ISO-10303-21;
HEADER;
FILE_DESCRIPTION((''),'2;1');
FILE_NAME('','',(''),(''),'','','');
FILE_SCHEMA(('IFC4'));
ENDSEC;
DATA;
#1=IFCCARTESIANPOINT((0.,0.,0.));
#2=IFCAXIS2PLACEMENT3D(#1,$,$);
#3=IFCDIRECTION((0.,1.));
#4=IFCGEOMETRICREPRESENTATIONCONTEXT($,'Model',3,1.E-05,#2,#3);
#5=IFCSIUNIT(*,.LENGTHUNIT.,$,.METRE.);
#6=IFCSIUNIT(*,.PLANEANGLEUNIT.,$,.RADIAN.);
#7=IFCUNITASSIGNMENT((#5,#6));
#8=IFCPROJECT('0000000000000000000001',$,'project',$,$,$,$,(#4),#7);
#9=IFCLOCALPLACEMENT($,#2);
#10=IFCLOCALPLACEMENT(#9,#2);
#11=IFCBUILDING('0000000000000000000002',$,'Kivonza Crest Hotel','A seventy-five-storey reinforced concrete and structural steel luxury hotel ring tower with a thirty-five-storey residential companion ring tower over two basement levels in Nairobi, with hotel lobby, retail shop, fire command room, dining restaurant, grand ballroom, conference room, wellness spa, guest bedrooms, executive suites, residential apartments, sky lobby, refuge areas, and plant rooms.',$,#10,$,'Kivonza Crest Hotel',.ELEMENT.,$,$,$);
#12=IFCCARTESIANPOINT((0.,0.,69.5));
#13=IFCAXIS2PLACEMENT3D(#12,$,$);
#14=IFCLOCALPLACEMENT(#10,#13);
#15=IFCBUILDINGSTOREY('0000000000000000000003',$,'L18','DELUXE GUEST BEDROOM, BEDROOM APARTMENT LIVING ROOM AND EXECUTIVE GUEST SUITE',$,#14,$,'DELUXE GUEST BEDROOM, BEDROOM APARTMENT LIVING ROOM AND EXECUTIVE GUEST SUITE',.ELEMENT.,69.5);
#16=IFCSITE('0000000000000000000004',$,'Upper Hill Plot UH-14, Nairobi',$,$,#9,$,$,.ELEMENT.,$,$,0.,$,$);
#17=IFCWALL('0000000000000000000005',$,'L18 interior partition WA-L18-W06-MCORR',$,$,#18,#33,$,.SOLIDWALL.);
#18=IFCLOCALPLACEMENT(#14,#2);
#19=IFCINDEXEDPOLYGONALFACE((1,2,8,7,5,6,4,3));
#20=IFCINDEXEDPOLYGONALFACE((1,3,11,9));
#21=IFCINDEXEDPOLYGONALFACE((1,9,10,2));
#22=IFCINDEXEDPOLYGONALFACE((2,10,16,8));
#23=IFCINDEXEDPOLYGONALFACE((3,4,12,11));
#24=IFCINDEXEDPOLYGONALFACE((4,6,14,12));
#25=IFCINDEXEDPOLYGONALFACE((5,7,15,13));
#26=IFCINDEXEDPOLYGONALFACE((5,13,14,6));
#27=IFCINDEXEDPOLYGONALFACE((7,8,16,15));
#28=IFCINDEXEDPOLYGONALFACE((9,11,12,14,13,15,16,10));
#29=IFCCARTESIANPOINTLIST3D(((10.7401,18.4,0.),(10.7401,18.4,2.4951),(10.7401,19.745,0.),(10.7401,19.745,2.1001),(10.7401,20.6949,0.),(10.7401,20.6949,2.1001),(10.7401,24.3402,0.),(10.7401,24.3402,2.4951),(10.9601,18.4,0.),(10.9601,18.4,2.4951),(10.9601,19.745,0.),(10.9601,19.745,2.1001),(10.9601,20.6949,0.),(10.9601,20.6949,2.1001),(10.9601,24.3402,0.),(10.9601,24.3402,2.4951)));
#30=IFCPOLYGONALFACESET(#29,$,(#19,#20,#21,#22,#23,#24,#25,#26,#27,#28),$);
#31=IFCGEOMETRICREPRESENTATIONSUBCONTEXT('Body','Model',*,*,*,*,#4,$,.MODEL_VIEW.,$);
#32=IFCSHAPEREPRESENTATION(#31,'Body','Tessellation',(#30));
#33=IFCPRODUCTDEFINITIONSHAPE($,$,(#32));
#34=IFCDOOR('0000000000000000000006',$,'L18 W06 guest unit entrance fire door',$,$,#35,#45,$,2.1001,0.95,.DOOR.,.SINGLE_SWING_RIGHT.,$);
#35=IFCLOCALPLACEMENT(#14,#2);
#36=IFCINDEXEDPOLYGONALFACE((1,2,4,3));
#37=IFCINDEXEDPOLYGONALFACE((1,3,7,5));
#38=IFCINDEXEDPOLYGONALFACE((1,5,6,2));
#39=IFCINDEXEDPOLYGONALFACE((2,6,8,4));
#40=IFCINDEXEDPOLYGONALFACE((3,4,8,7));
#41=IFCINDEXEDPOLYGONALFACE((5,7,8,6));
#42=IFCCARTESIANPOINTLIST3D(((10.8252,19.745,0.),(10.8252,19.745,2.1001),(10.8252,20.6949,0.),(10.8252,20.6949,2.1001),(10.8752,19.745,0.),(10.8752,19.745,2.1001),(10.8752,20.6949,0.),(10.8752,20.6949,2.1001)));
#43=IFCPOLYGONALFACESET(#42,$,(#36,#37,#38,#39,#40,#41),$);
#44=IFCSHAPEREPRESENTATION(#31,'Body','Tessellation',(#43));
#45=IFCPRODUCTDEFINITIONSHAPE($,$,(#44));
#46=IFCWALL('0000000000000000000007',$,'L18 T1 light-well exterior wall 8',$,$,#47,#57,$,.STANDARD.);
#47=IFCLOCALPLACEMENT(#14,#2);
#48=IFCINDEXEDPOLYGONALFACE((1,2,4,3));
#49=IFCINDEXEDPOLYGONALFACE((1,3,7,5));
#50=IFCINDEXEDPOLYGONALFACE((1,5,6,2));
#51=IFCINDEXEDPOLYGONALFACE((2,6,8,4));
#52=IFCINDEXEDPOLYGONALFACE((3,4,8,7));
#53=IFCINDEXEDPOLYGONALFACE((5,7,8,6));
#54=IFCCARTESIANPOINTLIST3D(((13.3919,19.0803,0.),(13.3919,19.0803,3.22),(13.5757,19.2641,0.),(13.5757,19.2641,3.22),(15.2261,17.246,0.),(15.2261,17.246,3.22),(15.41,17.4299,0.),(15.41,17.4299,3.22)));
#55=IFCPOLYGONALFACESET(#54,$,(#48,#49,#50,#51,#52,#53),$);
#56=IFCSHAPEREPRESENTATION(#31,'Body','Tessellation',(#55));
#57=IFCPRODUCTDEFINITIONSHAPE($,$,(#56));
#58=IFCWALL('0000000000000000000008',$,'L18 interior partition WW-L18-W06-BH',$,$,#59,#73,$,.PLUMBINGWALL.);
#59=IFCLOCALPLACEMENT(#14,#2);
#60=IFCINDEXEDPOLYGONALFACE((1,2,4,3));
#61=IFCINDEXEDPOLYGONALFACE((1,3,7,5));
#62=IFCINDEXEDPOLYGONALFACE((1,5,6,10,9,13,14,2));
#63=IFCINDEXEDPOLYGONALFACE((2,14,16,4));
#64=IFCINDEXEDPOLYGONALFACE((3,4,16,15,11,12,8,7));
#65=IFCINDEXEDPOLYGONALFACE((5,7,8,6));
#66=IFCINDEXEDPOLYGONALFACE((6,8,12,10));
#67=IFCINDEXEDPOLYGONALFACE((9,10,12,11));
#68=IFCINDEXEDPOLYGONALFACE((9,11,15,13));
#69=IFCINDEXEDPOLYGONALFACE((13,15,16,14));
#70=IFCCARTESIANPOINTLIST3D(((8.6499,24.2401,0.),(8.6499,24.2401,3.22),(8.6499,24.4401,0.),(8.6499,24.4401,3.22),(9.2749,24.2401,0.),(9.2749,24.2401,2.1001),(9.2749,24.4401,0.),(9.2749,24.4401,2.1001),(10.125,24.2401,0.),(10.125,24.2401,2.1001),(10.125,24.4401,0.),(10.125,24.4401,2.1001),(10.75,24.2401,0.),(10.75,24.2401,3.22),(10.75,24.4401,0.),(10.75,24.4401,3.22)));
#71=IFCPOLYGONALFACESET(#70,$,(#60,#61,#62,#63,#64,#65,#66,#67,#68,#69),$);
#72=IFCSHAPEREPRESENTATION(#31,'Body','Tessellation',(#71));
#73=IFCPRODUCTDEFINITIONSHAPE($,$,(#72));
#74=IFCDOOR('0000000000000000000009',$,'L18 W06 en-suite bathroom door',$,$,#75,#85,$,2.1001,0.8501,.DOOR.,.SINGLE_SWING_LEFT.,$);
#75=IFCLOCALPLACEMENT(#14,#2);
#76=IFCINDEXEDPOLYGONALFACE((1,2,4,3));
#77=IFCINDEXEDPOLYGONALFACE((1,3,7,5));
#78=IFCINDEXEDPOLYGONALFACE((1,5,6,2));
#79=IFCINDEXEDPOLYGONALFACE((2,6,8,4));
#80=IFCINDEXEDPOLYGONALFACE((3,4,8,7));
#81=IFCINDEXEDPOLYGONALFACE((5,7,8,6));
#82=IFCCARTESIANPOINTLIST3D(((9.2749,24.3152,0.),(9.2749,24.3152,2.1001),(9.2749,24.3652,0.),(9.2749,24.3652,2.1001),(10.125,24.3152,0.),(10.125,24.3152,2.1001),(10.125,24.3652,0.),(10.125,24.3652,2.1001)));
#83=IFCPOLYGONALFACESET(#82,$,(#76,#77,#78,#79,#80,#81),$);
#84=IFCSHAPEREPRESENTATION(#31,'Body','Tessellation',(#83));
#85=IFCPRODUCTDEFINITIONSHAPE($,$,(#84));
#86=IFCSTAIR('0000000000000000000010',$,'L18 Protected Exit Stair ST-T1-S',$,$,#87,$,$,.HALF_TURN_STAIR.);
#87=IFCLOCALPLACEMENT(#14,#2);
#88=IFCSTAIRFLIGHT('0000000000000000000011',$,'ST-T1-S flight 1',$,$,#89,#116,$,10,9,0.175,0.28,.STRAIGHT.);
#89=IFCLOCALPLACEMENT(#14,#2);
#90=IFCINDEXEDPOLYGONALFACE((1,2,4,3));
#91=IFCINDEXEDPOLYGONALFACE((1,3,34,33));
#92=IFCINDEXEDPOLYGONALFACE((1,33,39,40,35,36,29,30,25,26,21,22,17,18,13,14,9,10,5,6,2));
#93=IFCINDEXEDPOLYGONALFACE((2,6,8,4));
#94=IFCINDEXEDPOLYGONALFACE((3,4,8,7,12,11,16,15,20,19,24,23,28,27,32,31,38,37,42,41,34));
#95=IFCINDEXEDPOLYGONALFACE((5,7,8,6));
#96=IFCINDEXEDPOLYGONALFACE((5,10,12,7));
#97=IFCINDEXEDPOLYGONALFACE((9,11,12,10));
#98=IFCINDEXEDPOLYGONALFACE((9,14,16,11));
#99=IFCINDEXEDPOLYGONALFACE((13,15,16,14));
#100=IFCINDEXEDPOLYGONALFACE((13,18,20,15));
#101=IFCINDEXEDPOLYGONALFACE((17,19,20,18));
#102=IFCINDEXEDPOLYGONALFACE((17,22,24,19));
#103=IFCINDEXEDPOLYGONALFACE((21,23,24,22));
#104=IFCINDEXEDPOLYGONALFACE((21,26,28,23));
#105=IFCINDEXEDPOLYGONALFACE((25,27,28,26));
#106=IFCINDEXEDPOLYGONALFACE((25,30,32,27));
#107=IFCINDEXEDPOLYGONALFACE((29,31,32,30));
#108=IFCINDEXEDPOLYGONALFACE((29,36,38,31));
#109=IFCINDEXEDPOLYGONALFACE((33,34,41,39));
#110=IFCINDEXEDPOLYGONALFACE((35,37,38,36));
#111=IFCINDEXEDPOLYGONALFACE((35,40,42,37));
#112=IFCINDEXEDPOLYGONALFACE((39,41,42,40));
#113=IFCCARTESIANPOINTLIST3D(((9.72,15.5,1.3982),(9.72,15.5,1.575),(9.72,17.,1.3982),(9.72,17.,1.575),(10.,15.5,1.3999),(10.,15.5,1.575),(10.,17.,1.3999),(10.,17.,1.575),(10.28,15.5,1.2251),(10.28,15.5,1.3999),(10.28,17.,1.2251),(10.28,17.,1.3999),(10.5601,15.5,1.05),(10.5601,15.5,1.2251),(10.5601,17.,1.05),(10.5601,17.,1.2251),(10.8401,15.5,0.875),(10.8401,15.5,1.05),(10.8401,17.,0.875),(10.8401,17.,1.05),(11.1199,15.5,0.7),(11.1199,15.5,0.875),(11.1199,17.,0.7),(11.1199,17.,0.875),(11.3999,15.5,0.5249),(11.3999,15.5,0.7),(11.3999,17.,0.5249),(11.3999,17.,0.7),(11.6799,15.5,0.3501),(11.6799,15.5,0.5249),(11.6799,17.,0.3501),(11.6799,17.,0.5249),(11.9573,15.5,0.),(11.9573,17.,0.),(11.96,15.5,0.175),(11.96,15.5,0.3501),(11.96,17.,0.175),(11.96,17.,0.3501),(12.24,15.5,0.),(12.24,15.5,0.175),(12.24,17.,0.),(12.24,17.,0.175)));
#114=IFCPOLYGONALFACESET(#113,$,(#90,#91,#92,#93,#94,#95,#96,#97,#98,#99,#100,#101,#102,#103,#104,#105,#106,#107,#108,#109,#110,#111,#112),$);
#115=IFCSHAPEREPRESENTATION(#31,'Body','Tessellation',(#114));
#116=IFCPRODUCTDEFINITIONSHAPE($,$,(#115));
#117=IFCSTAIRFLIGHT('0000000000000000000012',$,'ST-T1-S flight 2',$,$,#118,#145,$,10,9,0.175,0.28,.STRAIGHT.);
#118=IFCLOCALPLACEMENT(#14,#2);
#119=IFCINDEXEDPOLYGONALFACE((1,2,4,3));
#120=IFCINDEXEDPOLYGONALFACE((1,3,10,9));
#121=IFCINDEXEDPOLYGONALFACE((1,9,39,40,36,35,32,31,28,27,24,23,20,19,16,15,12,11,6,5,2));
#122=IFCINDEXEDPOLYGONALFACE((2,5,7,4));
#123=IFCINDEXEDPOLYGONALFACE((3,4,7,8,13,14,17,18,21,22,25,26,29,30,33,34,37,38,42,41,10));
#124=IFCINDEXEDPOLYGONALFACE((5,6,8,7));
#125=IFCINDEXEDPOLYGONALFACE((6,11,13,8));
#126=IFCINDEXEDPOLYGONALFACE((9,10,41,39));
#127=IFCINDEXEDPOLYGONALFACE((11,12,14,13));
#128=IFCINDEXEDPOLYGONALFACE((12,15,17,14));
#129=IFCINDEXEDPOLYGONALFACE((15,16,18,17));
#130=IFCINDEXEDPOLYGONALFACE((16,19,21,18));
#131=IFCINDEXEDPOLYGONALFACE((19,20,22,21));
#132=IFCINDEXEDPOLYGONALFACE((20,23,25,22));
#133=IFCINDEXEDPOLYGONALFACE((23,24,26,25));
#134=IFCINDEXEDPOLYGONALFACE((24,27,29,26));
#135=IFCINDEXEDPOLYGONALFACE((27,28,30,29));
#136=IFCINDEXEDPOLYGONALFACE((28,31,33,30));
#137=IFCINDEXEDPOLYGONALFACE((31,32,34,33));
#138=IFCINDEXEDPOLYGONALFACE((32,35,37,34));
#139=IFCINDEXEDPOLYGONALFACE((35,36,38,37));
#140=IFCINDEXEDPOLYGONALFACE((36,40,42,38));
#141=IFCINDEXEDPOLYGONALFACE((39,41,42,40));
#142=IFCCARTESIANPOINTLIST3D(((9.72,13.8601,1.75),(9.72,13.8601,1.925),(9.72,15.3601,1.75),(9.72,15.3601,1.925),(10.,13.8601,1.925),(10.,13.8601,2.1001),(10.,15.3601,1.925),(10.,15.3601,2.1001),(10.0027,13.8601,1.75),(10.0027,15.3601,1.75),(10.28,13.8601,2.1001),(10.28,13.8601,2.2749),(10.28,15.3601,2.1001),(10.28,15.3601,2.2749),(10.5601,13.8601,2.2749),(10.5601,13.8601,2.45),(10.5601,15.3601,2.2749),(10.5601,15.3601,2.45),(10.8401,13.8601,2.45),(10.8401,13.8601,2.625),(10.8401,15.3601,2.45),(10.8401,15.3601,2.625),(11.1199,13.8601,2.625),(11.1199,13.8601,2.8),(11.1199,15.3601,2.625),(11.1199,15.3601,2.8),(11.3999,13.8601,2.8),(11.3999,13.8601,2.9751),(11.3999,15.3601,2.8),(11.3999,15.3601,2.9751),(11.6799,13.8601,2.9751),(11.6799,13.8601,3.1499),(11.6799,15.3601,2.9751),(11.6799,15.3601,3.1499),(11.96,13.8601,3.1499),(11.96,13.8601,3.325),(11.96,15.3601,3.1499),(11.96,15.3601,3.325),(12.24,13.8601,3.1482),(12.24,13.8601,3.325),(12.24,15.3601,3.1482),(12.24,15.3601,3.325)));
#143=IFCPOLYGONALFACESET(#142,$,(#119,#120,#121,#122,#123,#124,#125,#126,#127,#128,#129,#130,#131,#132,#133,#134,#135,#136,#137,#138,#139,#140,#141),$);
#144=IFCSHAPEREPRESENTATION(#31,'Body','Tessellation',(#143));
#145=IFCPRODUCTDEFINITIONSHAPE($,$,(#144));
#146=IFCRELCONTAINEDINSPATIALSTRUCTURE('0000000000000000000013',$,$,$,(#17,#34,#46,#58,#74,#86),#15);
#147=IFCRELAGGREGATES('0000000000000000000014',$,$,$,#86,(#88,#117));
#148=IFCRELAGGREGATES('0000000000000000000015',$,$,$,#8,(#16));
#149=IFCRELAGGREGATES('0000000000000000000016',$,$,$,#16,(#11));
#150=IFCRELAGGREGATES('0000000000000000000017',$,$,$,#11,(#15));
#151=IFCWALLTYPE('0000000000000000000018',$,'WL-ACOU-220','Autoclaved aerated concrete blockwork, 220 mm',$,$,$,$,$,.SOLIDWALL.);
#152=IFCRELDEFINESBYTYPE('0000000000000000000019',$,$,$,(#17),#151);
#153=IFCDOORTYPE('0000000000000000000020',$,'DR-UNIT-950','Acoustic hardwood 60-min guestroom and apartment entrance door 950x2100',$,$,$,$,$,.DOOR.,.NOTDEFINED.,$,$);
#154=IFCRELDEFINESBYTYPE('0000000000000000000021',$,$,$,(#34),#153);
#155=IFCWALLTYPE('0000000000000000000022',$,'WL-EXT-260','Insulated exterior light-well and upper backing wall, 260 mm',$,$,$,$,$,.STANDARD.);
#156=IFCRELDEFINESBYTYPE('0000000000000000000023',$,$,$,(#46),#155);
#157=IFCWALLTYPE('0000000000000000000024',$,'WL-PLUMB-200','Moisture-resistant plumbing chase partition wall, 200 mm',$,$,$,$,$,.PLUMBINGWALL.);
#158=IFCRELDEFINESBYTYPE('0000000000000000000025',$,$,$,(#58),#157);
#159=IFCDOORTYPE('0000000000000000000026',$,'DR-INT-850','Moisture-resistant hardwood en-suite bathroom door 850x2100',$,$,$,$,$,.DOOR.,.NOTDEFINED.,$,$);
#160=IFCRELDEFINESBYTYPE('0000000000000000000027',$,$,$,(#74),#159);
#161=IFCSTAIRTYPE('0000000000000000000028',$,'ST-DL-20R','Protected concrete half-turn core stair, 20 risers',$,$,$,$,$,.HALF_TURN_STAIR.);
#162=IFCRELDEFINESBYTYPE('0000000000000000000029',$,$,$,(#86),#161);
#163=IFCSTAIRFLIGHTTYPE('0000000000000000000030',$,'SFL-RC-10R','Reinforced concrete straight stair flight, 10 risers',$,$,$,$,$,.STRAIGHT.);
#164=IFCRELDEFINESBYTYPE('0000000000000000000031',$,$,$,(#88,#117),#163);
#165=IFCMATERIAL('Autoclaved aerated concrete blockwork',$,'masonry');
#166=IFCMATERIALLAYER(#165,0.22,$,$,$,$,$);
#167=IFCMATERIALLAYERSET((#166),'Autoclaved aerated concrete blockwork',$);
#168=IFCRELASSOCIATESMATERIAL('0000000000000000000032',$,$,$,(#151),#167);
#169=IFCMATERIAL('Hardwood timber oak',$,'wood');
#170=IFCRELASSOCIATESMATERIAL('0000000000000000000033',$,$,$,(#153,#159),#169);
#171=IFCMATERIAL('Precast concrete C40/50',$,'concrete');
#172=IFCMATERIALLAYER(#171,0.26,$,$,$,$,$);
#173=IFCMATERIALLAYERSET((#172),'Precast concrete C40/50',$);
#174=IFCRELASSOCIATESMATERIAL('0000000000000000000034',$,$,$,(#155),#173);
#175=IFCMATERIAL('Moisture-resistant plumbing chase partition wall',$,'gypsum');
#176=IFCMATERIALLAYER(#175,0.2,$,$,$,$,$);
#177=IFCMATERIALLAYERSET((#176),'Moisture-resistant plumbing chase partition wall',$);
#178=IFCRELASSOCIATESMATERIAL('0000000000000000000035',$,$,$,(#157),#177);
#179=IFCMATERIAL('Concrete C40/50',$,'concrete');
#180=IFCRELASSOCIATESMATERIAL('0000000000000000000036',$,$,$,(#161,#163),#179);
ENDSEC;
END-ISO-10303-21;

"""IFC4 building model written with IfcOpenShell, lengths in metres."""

from ifc_helpers import new_model, si_unit, direction, frame, frame_2d, origin, place, context, subcontext, project, spatial, polyline, rectangle, outline, extrude, material, layer, layer_set, type_object, element, fill, aggregate, save


model = new_model("IFC4")

# Units and contexts
model_context = context("Model", 3, precision=1e-05, world=origin(), true_north=direction((0.0, 1.0)))
body_context = subcontext(model_context, "Body", "Model", "MODEL_VIEW")
ifc_project = project(units=[si_unit("LENGTHUNIT", "METRE"), si_unit("PLANEANGLEUNIT", "RADIAN")], contexts=[model_context])

# Site, building, storey
site_placement = place(None, origin())
site = spatial("IfcSite", under=ifc_project, at=site_placement, Name="Upper Hill Plot UH-14, Nairobi", CompositionType="ELEMENT", RefElevation=0.0)
building_placement = place(site_placement, origin())
building = spatial("IfcBuilding", under=site, at=building_placement, Name="Kivonza Crest Hotel", Description="A seventy-five-storey reinforced concrete and structural steel luxury hotel ring tower with a thirty-five-storey residential companion ring tower over two basement levels in Nairobi, with hotel lobby, retail shop, fire command room, dining restaurant, grand ballroom, conference room, wellness spa, guest bedrooms, executive suites, residential apartments, sky lobby, refuge areas, and plant rooms.", LongName="Kivonza Crest Hotel", CompositionType="ELEMENT")
storey_placement = place(building_placement, frame((0.0, 0.0, 69.5)))
storey = spatial("IfcBuildingStorey", under=building, at=storey_placement, Name="L18", Description="DELUXE GUEST BEDROOM, BEDROOM APARTMENT LIVING ROOM AND EXECUTIVE GUEST SUITE", LongName="DELUXE GUEST BEDROOM, BEDROOM APARTMENT LIVING ROOM AND EXECUTIVE GUEST SUITE", CompositionType="ELEMENT", Elevation=69.5)

# Wall, opening, door
ifc_material_1 = material(Name="Autoclaved aerated concrete blockwork", Category="masonry")
ifc_layer_1 = layer(ifc_material_1, 0.22)
ifc_layer_set_1 = layer_set([ifc_layer_1], Name="Autoclaved aerated concrete blockwork")
wall_type_1 = type_object("IfcWallType", Name="WL-ACOU-220", Description="Autoclaved aerated concrete blockwork, 220 mm", PredefinedType="SOLIDWALL", material=ifc_layer_set_1)
wall_1_placement = place(storey_placement, frame((10.8501, 18.3999, 0.0), z_axis=(0.0, 0.0, 1.0), x_axis=(0.0, 1.0, 0.0)))
wall_1 = element("IfcWall", 1, at=wall_1_placement, inside=storey, type_object=wall_type_1, Name="L18 interior partition WA-L18-W06-MCORR", PredefinedType="SOLIDWALL", context=body_context, shape_type="SweptSolid", body=[
    extrude(rectangle(XDim=5.9402, YDim=0.22, at=frame_2d((2.9702, 0.0))), origin(), (0.0, 0.0, 1.0), 2.4951),
])
opening_1_placement = place(wall_1_placement, frame((1.345, 0.0, 0.0)))
opening_1 = element("IfcOpeningElement", 2, at=opening_1_placement, cuts=wall_1, PredefinedType="OPENING", context=body_context, shape_type="SweptSolid", body=[
    extrude(rectangle(XDim=0.95, YDim=2.1001, at=frame_2d((0.4751, 1.05))), frame((0.0, 0.1201, 0.0), z_axis=(0.0, -1.0, 0.0), x_axis=(1.0, 0.0, 0.0)), (0.0, 0.0, 1.0), 0.24),
])
ifc_material_2 = material(Name="Hardwood timber oak", Category="wood")
door_type_1 = type_object("IfcDoorType", Name="DR-UNIT-950", Description="Acoustic hardwood 60-min guestroom and apartment entrance door 950x2100", OperationType="NOTDEFINED", PredefinedType="DOOR", material=ifc_material_2)
door_1_placement = place(opening_1_placement, origin())
door_1 = element("IfcDoor", 3, at=door_1_placement, inside=storey, type_object=door_type_1, Name="L18 W06 guest unit entrance fire door", OperationType="SINGLE_SWING_RIGHT", OverallHeight=2.1001, OverallWidth=0.95, PredefinedType="DOOR", context=body_context, shape_type="SweptSolid", body=[
    extrude(rectangle(XDim=0.95, YDim=2.1001, at=frame_2d((0.4751, 1.05))), frame((0.0, 0.0249, 0.0), z_axis=(0.0, -1.0, 0.0), x_axis=(1.0, 0.0, 0.0)), (0.0, 0.0, 1.0), 0.05),
])
fill(opening_1, door_1)

# Wall
ifc_material_3 = material(Name="Precast concrete C40/50", Category="concrete")
ifc_layer_2 = layer(ifc_material_3, 0.26)
ifc_layer_set_2 = layer_set([ifc_layer_2], Name="Precast concrete C40/50")
wall_type_2 = type_object("IfcWallType", Name="WL-EXT-260", Description="Insulated exterior light-well and upper backing wall, 260 mm", PredefinedType="STANDARD", material=ifc_layer_set_2)
wall_2_placement = place(storey_placement, frame((13.4839, 19.1721, 0.0), z_axis=(0.0, 0.0, 1.0), x_axis=(0.707107, -0.707107, 0.0)))
element("IfcWall", 4, at=wall_2_placement, inside=storey, type_object=wall_type_2, Name="L18 T1 light-well exterior wall 8", PredefinedType="STANDARD", context=body_context, shape_type="SweptSolid", body=[
    extrude(rectangle(XDim=2.594, YDim=0.26, at=frame_2d((1.2969, 0.0))), origin(), (0.0, 0.0, 1.0), 3.22),
])

# Wall, opening, door
ifc_material_4 = material(Name="Moisture-resistant plumbing chase partition wall", Category="gypsum")
ifc_layer_3 = layer(ifc_material_4, 0.2)
ifc_layer_set_3 = layer_set([ifc_layer_3], Name="Moisture-resistant plumbing chase partition wall")
wall_type_3 = type_object("IfcWallType", Name="WL-PLUMB-200", Description="Moisture-resistant plumbing chase partition wall, 200 mm", PredefinedType="PLUMBINGWALL", material=ifc_layer_set_3)
wall_3_placement = place(storey_placement, frame((8.6499, 24.3401, 0.0), z_axis=(0.0, 0.0, 1.0), x_axis=(1.0, 0.0, 0.0)))
wall_3 = element("IfcWall", 5, at=wall_3_placement, inside=storey, type_object=wall_type_3, Name="L18 interior partition WW-L18-W06-BH", PredefinedType="PLUMBINGWALL", context=body_context, shape_type="SweptSolid", body=[
    extrude(rectangle(XDim=2.1001, YDim=0.2, at=frame_2d((1.05, 0.0))), origin(), (0.0, 0.0, 1.0), 3.22),
])
opening_2_placement = place(wall_3_placement, frame((0.625, 0.0, 0.0)))
opening_2 = element("IfcOpeningElement", 6, at=opening_2_placement, cuts=wall_3, PredefinedType="OPENING", context=body_context, shape_type="SweptSolid", body=[
    extrude(rectangle(XDim=0.8501, YDim=2.1001, at=frame_2d((0.425, 1.05))), frame((0.0, 0.1099, 0.0), z_axis=(0.0, -1.0, 0.0), x_axis=(1.0, 0.0, 0.0)), (0.0, 0.0, 1.0), 0.22),
])
door_type_2 = type_object("IfcDoorType", Name="DR-INT-850", Description="Moisture-resistant hardwood en-suite bathroom door 850x2100", OperationType="NOTDEFINED", PredefinedType="DOOR", material=ifc_material_2)
door_2_placement = place(opening_2_placement, frame((0.8501, 0.0, 0.0), z_axis=(0.0, 0.0, 1.0), x_axis=(-1.0, 0.0, 0.0)))
door_2 = element("IfcDoor", 7, at=door_2_placement, inside=storey, type_object=door_type_2, Name="L18 W06 en-suite bathroom door", OperationType="SINGLE_SWING_LEFT", OverallHeight=2.1001, OverallWidth=0.8501, PredefinedType="DOOR", context=body_context, shape_type="SweptSolid", body=[
    extrude(rectangle(XDim=0.8501, YDim=2.1001, at=frame_2d((0.425, 1.05))), frame((0.0, 0.0249, 0.0), z_axis=(0.0, -1.0, 0.0), x_axis=(1.0, 0.0, 0.0)), (0.0, 0.0, 1.0), 0.05),
])
fill(opening_2, door_2)

# Stair, stair flights
ifc_material_5 = material(Name="Concrete C40/50", Category="concrete")
stair_type = type_object("IfcStairType", Name="ST-DL-20R", Description="Protected concrete half-turn core stair, 20 risers", PredefinedType="HALF_TURN_STAIR", material=ifc_material_5)
stair_placement = place(storey_placement, origin())
stair = element("IfcStair", 8, at=stair_placement, inside=storey, type_object=stair_type, Name="L18 Protected Exit Stair ST-T1-S", PredefinedType="HALF_TURN_STAIR")
stair_flight_type = type_object("IfcStairFlightType", Name="SFL-RC-10R", Description="Reinforced concrete straight stair flight, 10 risers", PredefinedType="STRAIGHT", material=ifc_material_5)
stair_flight_1_placement = place(storey_placement, frame((12.24, 16.25, 0.0), z_axis=(0.0, 0.0, 1.0), x_axis=(-1.0, 0.0, 0.0)))
stair_flight_1 = element("IfcStairFlight", 9, at=stair_flight_1_placement, type_object=stair_flight_type, Name="ST-T1-S flight 1", NumberOfRisers=10, NumberOfTreads=9, PredefinedType="STRAIGHT", RiserHeight=0.175, TreadLength=0.28, context=body_context, shape_type="SweptSolid", body=[
    extrude(outline(polyline([(0.0, 0.0), (0.0, 0.175), (0.28, 0.175), (0.28, 0.3501), (0.5601, 0.3501), (0.5601, 0.5249), (0.8401, 0.5249), (0.8401, 0.7), (1.1201, 0.7), (1.1201, 0.875), (1.3999, 0.875), (1.3999, 1.05), (1.6799, 1.05), (1.6799, 1.2251), (1.96, 1.2251), (1.96, 1.3999), (2.24, 1.3999), (2.24, 1.575), (2.52, 1.575), (2.52, 1.75), (2.52, 1.3982), (0.2827, 0.0), (0.0, 0.0)])), frame((0.0, 0.75, 0.0), z_axis=(0.0, -1.0, 0.0), x_axis=(1.0, 0.0, 0.0)), (0.0, 0.0, 1.0), 1.5),
])
stair_flight_2_placement = place(storey_placement, frame((9.72, 14.6101, 1.75), z_axis=(0.0, 0.0, 1.0), x_axis=(1.0, 0.0, 0.0)))
stair_flight_2 = element("IfcStairFlight", 10, at=stair_flight_2_placement, type_object=stair_flight_type, Name="ST-T1-S flight 2", NumberOfRisers=10, NumberOfTreads=9, PredefinedType="STRAIGHT", RiserHeight=0.175, TreadLength=0.28, context=body_context, shape_type="SweptSolid", body=[
    extrude(outline(polyline([(0.0, 0.0), (0.0, 0.175), (0.28, 0.175), (0.28, 0.3501), (0.5601, 0.3501), (0.5601, 0.5249), (0.8401, 0.5249), (0.8401, 0.7), (1.1201, 0.7), (1.1201, 0.875), (1.3999, 0.875), (1.3999, 1.05), (1.6799, 1.05), (1.6799, 1.2251), (1.96, 1.2251), (1.96, 1.3999), (2.24, 1.3999), (2.24, 1.575), (2.52, 1.575), (2.52, 1.75), (2.52, 1.3982), (0.2827, 0.0), (0.0, 0.0)])), frame((0.0, 0.75, 0.0), z_axis=(0.0, -1.0, 0.0), x_axis=(1.0, 0.0, 0.0)), (0.0, 0.0, 1.0), 1.5),
])
aggregate(stair, [stair_flight_1, stair_flight_2])

save(model, "model.ifc")
